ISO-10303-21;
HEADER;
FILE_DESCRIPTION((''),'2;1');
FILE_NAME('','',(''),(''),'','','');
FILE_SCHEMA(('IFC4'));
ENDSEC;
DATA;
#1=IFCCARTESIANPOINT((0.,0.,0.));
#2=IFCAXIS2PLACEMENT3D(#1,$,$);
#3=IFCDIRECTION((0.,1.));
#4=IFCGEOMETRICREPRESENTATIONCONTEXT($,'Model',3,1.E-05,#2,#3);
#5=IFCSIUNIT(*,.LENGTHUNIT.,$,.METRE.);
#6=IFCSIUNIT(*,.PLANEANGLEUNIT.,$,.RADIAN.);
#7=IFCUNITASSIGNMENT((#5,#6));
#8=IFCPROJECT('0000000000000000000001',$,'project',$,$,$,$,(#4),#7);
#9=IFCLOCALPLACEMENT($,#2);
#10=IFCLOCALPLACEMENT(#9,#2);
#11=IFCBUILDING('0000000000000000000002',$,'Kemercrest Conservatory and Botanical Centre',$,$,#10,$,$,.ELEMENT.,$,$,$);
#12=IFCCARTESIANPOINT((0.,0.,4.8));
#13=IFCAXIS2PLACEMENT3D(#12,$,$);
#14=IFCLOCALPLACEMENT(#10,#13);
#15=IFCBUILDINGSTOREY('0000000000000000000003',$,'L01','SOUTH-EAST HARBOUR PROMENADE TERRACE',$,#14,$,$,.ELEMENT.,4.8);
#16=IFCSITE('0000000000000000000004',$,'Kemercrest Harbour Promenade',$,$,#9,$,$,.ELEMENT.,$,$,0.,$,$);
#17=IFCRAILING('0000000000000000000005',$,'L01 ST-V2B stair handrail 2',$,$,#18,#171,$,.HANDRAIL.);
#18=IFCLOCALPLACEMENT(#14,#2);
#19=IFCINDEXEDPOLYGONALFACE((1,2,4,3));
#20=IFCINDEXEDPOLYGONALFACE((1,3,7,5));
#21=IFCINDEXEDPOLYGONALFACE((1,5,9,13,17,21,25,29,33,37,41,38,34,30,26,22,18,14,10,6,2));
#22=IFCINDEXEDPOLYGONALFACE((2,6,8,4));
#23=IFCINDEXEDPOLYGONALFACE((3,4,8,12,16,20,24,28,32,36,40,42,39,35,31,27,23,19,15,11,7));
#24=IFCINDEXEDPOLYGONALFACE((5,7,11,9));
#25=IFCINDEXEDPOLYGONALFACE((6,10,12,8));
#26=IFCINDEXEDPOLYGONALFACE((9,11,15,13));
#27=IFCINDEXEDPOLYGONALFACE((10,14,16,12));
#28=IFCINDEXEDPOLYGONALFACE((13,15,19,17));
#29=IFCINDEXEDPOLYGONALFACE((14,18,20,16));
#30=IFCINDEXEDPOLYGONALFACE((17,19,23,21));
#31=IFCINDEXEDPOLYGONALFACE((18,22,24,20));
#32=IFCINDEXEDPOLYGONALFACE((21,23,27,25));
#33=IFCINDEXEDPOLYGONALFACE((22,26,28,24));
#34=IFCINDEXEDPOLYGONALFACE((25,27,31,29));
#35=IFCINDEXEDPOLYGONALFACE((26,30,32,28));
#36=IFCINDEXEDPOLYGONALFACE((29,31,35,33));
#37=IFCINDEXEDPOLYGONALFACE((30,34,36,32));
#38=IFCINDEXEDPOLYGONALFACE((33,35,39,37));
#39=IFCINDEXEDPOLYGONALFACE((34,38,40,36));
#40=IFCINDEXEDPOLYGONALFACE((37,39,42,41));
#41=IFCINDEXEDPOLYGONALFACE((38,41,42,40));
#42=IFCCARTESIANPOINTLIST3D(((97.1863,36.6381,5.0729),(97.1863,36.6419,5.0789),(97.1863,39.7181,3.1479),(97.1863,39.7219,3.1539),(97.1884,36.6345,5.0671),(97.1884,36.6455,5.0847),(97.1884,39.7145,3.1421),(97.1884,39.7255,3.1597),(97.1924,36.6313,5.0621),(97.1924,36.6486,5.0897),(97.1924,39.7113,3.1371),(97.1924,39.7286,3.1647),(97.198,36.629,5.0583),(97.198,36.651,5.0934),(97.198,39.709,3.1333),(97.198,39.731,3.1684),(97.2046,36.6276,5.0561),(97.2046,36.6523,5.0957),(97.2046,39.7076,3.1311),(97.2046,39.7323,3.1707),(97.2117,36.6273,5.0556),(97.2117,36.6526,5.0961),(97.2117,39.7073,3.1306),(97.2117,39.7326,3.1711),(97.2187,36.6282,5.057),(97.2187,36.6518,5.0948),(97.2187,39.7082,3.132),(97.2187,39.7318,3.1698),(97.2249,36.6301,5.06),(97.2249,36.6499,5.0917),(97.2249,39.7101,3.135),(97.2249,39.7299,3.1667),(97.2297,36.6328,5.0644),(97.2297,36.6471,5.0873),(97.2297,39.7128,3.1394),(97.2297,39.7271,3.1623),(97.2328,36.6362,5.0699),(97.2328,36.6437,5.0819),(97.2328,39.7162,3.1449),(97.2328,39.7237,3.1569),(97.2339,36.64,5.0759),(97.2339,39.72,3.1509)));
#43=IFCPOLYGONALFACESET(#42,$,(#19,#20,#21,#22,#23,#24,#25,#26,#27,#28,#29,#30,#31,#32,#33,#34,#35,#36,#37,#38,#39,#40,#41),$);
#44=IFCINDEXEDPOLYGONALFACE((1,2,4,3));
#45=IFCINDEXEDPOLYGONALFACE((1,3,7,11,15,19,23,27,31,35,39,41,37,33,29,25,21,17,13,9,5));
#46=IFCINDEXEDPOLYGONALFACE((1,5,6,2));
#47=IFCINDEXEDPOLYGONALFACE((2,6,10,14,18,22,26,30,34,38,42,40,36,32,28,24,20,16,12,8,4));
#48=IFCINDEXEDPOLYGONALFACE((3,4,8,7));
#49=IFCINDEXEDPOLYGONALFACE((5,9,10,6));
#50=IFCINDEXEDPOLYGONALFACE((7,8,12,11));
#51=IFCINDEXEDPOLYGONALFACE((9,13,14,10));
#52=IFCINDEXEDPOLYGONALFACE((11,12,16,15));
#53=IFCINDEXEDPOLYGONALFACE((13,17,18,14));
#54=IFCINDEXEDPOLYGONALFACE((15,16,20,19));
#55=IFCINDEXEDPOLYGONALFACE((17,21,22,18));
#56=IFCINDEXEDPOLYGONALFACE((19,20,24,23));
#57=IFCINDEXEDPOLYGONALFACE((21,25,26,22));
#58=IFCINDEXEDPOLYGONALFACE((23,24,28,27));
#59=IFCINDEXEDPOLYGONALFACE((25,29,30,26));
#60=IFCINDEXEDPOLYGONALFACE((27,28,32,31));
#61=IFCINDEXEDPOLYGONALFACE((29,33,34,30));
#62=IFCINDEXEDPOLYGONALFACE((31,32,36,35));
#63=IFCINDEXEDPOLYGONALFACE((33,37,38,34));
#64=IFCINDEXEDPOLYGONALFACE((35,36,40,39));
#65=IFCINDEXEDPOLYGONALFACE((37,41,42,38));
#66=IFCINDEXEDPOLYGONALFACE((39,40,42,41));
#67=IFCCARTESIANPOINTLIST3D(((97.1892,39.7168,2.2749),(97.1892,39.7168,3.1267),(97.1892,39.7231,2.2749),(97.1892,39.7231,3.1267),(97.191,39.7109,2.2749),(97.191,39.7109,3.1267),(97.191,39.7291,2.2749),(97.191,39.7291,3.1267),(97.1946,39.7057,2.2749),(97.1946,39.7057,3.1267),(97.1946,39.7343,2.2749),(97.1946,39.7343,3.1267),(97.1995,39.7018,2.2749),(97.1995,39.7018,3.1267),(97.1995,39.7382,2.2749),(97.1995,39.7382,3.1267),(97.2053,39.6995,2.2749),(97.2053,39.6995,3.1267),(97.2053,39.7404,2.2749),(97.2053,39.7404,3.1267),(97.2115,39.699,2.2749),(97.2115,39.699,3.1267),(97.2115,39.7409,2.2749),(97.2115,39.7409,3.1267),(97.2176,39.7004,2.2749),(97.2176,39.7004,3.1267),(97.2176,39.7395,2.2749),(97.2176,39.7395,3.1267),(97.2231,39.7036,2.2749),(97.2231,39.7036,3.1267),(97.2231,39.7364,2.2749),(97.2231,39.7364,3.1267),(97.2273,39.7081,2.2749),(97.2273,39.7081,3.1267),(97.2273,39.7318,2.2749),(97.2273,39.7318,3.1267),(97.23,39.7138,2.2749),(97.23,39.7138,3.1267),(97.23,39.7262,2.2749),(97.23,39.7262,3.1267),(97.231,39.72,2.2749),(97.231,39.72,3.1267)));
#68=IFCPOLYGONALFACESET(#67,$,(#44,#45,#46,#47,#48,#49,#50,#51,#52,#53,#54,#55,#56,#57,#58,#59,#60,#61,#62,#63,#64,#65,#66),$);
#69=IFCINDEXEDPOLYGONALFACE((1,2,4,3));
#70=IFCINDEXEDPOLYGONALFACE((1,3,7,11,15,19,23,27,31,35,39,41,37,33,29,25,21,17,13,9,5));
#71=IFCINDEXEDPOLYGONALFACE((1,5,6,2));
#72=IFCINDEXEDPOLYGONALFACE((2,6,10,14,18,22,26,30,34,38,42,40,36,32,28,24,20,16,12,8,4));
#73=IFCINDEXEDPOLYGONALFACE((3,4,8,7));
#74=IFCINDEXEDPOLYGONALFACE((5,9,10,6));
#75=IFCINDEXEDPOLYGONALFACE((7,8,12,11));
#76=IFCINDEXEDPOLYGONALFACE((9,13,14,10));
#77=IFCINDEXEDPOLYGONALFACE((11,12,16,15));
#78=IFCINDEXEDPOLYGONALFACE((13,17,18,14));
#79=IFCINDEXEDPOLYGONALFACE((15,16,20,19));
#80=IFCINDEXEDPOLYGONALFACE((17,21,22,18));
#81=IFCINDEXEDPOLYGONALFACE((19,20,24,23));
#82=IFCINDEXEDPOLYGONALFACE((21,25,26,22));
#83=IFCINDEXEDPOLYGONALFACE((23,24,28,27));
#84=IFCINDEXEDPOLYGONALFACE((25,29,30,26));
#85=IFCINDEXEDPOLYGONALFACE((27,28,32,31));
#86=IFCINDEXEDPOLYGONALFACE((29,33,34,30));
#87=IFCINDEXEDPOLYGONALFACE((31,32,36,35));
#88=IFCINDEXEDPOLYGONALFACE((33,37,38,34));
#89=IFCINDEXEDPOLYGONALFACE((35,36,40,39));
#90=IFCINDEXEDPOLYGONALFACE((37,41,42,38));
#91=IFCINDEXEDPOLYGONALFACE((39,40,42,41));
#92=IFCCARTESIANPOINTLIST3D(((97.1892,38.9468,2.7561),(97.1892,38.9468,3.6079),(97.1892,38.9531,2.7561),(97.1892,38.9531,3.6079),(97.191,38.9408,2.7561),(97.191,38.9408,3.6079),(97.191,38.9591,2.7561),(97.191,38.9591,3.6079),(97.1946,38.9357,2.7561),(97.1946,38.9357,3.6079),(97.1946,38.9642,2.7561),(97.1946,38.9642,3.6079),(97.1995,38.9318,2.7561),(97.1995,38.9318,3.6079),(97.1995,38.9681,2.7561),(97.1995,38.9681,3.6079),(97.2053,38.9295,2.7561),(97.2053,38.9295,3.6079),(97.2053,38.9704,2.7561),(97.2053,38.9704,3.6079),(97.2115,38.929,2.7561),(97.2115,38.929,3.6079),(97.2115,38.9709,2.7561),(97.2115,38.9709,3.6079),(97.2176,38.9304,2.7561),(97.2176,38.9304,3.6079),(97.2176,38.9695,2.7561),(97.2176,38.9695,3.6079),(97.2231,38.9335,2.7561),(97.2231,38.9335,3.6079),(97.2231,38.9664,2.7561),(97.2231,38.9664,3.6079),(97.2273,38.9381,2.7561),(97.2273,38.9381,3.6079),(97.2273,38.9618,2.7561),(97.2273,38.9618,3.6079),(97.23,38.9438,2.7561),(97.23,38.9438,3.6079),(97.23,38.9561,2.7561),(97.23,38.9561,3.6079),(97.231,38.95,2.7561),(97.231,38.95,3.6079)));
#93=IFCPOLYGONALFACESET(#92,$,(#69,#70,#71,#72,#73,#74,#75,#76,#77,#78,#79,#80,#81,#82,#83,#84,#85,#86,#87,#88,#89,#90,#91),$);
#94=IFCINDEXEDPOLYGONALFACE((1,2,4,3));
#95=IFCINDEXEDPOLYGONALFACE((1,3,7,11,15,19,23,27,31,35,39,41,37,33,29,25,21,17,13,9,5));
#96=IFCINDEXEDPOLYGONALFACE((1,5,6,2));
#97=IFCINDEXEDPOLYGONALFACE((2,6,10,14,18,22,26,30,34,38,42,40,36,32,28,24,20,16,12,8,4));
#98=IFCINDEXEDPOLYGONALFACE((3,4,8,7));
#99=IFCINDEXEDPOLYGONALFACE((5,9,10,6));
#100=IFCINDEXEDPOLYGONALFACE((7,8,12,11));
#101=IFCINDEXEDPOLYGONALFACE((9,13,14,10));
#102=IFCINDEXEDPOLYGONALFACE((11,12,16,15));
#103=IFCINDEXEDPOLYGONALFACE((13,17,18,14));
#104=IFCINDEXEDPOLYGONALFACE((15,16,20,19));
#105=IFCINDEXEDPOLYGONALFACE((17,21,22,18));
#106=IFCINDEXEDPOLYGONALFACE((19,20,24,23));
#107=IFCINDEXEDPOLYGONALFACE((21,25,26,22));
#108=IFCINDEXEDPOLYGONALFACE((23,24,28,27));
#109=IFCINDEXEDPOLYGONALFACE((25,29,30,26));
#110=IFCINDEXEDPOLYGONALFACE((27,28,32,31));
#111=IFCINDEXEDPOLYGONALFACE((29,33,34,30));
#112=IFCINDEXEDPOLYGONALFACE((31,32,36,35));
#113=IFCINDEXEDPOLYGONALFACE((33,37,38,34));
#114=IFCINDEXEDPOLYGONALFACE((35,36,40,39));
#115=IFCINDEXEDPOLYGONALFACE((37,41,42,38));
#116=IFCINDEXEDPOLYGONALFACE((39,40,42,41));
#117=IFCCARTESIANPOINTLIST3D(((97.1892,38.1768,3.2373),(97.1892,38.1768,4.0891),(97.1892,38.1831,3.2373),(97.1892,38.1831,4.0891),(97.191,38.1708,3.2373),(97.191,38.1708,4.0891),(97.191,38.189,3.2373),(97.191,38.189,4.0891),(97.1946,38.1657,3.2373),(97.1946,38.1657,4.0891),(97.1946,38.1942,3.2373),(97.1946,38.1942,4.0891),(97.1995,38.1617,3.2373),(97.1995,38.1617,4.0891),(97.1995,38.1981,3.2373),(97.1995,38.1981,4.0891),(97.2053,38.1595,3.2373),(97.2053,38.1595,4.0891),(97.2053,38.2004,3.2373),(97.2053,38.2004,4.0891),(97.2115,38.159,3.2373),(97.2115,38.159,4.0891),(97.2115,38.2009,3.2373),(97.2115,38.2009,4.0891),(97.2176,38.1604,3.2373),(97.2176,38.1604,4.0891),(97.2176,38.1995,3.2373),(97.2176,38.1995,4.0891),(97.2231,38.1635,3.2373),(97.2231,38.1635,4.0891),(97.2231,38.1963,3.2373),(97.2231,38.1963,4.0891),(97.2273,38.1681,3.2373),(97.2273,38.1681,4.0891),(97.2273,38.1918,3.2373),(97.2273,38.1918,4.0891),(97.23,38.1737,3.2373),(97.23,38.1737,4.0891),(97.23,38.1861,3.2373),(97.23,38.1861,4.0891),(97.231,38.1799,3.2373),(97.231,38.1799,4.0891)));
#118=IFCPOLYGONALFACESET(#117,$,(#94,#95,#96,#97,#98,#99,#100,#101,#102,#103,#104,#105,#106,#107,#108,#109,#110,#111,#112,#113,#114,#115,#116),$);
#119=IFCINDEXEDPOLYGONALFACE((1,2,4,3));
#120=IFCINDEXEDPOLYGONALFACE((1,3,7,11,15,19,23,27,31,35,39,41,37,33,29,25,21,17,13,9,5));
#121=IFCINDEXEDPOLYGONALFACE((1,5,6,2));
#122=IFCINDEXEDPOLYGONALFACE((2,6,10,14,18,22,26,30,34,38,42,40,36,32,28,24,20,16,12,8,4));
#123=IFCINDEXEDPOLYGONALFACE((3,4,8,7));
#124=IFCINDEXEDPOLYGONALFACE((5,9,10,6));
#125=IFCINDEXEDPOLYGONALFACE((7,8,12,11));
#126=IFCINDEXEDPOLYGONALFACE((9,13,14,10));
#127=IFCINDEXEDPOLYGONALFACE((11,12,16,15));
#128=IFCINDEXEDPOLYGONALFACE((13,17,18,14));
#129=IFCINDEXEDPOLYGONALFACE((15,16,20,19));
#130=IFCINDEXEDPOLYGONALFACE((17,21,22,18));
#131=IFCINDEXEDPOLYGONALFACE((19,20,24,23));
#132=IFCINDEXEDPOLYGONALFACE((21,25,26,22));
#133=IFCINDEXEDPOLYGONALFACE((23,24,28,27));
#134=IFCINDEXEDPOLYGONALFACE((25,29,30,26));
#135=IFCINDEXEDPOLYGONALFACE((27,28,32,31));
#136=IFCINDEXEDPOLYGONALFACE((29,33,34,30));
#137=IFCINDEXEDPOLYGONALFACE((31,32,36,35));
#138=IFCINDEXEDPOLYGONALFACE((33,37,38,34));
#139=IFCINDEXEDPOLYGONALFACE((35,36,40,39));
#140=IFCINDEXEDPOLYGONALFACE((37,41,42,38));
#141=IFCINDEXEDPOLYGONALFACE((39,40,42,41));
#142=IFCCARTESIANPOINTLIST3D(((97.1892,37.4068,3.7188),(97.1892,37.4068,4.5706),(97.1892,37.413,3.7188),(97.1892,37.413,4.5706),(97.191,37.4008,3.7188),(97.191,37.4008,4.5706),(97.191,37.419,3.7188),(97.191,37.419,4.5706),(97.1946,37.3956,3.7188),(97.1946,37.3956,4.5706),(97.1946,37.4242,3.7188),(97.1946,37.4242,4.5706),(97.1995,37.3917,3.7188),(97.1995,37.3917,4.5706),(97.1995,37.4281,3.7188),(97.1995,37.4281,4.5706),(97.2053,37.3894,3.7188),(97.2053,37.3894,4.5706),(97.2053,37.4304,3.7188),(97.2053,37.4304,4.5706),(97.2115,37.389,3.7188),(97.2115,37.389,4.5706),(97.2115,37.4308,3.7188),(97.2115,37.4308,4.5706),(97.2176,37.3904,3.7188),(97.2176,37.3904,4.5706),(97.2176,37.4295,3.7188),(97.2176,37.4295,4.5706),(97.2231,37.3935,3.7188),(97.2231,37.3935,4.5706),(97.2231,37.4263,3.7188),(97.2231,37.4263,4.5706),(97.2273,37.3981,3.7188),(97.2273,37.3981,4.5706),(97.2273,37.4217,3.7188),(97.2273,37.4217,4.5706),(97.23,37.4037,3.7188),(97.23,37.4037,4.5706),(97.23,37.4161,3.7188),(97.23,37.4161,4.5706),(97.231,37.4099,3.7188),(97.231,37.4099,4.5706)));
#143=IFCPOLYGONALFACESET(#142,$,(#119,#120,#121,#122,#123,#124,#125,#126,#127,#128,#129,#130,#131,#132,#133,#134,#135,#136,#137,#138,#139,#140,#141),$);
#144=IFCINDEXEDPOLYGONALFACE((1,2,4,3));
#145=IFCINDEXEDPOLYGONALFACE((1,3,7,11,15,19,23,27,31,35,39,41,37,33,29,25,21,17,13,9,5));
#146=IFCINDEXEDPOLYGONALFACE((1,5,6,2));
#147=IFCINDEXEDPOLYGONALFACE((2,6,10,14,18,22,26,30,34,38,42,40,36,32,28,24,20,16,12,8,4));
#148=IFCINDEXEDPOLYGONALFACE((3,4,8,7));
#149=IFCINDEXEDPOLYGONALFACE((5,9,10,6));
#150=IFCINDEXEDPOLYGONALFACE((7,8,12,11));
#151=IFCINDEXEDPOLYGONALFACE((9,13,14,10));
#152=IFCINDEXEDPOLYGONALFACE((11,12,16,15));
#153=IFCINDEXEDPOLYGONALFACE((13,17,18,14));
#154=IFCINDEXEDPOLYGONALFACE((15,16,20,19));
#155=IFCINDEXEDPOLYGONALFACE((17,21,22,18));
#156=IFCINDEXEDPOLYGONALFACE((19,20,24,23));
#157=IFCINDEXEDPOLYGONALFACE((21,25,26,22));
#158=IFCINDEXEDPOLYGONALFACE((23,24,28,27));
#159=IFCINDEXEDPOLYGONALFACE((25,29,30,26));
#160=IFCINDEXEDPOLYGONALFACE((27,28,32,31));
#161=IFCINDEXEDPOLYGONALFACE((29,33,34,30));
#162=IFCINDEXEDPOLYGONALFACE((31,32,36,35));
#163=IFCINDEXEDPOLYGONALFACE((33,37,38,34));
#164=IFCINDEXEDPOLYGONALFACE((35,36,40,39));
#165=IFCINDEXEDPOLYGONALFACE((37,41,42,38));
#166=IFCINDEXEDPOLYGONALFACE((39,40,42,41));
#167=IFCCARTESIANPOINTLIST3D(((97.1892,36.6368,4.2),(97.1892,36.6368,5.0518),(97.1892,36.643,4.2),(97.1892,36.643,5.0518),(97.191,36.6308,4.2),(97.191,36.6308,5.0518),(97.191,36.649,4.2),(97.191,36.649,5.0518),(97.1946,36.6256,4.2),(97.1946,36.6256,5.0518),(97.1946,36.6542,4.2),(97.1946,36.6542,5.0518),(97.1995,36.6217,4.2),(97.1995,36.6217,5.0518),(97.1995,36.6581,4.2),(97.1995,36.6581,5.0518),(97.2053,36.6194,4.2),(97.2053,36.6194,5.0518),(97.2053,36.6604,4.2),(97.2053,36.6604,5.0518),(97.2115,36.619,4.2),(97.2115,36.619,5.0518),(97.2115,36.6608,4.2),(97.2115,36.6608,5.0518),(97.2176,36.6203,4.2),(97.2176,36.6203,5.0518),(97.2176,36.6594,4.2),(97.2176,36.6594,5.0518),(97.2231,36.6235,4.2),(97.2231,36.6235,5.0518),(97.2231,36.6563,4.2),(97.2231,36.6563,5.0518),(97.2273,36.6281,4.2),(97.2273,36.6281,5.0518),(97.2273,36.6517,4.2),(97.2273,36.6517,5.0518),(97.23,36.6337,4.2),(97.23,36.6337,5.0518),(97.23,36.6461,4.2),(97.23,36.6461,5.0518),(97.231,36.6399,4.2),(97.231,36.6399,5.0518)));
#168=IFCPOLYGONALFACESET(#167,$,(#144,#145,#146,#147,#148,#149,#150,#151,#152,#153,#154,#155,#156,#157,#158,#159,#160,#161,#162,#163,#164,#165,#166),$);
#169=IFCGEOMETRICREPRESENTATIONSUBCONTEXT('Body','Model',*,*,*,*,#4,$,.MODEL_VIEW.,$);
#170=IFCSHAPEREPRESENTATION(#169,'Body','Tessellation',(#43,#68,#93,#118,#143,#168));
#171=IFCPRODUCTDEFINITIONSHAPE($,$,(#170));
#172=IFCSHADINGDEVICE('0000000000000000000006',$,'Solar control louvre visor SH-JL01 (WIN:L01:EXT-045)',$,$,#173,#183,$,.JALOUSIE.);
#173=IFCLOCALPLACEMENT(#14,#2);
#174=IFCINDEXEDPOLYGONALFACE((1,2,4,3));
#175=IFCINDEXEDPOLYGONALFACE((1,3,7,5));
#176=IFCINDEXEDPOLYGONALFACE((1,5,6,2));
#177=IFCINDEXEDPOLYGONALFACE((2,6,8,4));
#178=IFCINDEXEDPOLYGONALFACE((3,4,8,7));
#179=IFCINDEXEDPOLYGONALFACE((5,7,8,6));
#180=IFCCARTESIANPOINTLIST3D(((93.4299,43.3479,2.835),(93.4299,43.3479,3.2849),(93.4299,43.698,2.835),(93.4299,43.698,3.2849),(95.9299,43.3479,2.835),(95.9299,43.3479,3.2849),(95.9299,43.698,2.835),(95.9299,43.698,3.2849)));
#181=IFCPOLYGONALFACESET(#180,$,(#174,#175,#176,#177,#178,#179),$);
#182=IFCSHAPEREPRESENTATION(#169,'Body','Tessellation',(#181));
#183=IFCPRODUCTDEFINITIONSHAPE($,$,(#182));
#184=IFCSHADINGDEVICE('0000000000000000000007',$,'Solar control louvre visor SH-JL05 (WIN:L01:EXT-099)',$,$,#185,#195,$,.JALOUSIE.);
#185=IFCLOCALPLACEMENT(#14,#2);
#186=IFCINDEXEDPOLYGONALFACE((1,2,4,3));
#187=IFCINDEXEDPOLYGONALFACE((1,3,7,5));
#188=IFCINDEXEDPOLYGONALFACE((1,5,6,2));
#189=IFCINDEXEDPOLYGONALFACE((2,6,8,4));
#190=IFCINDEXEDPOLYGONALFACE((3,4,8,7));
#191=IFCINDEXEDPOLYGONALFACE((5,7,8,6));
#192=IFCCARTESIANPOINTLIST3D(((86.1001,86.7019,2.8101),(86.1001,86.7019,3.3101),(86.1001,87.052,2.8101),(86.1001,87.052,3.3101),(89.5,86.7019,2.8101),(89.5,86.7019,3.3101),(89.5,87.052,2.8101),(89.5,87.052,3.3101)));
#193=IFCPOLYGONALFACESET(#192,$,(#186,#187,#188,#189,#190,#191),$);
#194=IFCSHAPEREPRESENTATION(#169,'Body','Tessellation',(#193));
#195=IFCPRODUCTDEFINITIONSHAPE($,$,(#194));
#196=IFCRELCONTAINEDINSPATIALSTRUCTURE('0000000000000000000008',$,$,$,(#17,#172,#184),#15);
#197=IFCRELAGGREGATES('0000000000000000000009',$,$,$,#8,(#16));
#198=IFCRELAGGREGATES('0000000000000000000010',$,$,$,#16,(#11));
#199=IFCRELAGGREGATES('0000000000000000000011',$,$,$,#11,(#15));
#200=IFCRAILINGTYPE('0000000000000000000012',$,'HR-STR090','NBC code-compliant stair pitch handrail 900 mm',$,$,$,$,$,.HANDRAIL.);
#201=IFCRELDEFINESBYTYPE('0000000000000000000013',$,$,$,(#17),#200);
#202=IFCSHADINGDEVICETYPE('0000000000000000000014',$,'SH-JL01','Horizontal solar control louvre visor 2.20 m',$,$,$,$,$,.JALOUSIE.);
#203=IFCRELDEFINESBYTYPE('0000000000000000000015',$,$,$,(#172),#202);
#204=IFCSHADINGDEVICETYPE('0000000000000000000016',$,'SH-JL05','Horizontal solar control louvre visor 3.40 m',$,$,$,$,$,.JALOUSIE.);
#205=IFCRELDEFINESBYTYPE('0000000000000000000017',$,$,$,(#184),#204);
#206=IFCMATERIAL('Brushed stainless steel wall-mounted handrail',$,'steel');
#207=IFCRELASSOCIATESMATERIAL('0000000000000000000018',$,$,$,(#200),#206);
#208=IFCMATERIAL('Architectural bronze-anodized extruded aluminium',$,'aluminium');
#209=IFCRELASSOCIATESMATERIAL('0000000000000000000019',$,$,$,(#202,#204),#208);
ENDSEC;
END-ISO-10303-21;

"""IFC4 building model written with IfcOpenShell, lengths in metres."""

from ifc_helpers import new_model, si_unit, direction, frame, origin, origin_2d, place, context, subcontext, project, spatial, rectangle, circle, extrude, material, type_object, element, save


model = new_model("IFC4")

# Units and contexts
model_context = context("Model", 3, precision=1e-05, world=origin(), true_north=direction((0.0, 1.0)))
body_context = subcontext(model_context, "Body", "Model", "MODEL_VIEW")
ifc_project = project(units=[si_unit("LENGTHUNIT", "METRE"), si_unit("PLANEANGLEUNIT", "RADIAN")], contexts=[model_context])

# Site, building, storey
site_placement = place(None, origin())
site = spatial("IfcSite", under=ifc_project, at=site_placement, Name="Kemercrest Harbour Promenade", CompositionType="ELEMENT", RefElevation=0.0)
building_placement = place(site_placement, origin())
building = spatial("IfcBuilding", under=site, at=building_placement, Name="Kemercrest Conservatory and Botanical Centre", CompositionType="ELEMENT")
storey_placement = place(building_placement, frame((0.0, 0.0, 4.8)))
storey = spatial("IfcBuildingStorey", under=building, at=storey_placement, Name="L01", Description="SOUTH-EAST HARBOUR PROMENADE TERRACE", CompositionType="ELEMENT", Elevation=4.8)

# Railing
ifc_material_1 = material(Name="Brushed stainless steel wall-mounted handrail", Category="steel")
railing_type_1 = type_object("IfcRailingType", Name="HR-STR090", Description="NBC code-compliant stair pitch handrail 900 mm", PredefinedType="HANDRAIL", material=ifc_material_1)
railing_1_placement = place(storey_placement, frame((97.21, 39.72, 2.2749)))
element("IfcRailing", 1, at=railing_1_placement, inside=storey, type_object=railing_type_1, Name="L01 ST-V2B stair handrail 2", PredefinedType="HANDRAIL", context=body_context, shape_type="SweptSolid", body=[
    extrude(circle(Radius=0.0239, at=origin_2d()), frame((0.0, 0.0, 0.876), z_axis=(0.0, -0.847998, 0.529999), x_axis=(1.0, 0.0, 0.0)), (0.0, 0.0, 1.0), 3.6321),
    extrude(circle(Radius=0.021, at=origin_2d()), origin(), (0.0, 0.0, 1.0), 0.8518),
    extrude(circle(Radius=0.021, at=origin_2d()), frame((0.0, -0.77, 0.4812)), (0.0, 0.0, 1.0), 0.8518),
    extrude(circle(Radius=0.021, at=origin_2d()), frame((0.0, -1.54, 0.9624)), (0.0, 0.0, 1.0), 0.8518),
    extrude(circle(Radius=0.021, at=origin_2d()), frame((0.0, -2.3101, 1.4438)), (0.0, 0.0, 1.0), 0.8518),
    extrude(circle(Radius=0.021, at=origin_2d()), frame((0.0, -3.0801, 1.925)), (0.0, 0.0, 1.0), 0.8518),
])

# Shading devices
ifc_material_2 = material(Name="Architectural bronze-anodized extruded aluminium", Category="aluminium")
shading_device_type_1 = type_object("IfcShadingDeviceType", Name="SH-JL01", Description="Horizontal solar control louvre visor 2.20 m", PredefinedType="JALOUSIE", material=ifc_material_2)
shading_device_1_placement = place(storey_placement, frame((94.6799, 43.5229, 2.835), z_axis=(0.0, 0.0, 1.0), x_axis=(-1.0, 0.0, 0.0)))
element("IfcShadingDevice", 2, at=shading_device_1_placement, inside=storey, type_object=shading_device_type_1, Name="Solar control louvre visor SH-JL01 (WIN:L01:EXT-045)", PredefinedType="JALOUSIE", context=body_context, shape_type="SweptSolid", body=[
    extrude(rectangle(XDim=2.5, YDim=0.3501, at=origin_2d()), origin(), (0.0, 0.0, 1.0), 0.45),
])
shading_device_type_2 = type_object("IfcShadingDeviceType", Name="SH-JL05", Description="Horizontal solar control louvre visor 3.40 m", PredefinedType="JALOUSIE", material=ifc_material_2)
shading_device_2_placement = place(storey_placement, frame((87.8, 86.877, 2.8101), z_axis=(0.0, 0.0, 1.0), x_axis=(1.0, 0.0, 0.0)))
element("IfcShadingDevice", 3, at=shading_device_2_placement, inside=storey, type_object=shading_device_type_2, Name="Solar control louvre visor SH-JL05 (WIN:L01:EXT-099)", PredefinedType="JALOUSIE", context=body_context, shape_type="SweptSolid", body=[
    extrude(rectangle(XDim=3.3999, YDim=0.3501, at=origin_2d()), origin(), (0.0, 0.0, 1.0), 0.5),
])

save(model, "model.ifc")
